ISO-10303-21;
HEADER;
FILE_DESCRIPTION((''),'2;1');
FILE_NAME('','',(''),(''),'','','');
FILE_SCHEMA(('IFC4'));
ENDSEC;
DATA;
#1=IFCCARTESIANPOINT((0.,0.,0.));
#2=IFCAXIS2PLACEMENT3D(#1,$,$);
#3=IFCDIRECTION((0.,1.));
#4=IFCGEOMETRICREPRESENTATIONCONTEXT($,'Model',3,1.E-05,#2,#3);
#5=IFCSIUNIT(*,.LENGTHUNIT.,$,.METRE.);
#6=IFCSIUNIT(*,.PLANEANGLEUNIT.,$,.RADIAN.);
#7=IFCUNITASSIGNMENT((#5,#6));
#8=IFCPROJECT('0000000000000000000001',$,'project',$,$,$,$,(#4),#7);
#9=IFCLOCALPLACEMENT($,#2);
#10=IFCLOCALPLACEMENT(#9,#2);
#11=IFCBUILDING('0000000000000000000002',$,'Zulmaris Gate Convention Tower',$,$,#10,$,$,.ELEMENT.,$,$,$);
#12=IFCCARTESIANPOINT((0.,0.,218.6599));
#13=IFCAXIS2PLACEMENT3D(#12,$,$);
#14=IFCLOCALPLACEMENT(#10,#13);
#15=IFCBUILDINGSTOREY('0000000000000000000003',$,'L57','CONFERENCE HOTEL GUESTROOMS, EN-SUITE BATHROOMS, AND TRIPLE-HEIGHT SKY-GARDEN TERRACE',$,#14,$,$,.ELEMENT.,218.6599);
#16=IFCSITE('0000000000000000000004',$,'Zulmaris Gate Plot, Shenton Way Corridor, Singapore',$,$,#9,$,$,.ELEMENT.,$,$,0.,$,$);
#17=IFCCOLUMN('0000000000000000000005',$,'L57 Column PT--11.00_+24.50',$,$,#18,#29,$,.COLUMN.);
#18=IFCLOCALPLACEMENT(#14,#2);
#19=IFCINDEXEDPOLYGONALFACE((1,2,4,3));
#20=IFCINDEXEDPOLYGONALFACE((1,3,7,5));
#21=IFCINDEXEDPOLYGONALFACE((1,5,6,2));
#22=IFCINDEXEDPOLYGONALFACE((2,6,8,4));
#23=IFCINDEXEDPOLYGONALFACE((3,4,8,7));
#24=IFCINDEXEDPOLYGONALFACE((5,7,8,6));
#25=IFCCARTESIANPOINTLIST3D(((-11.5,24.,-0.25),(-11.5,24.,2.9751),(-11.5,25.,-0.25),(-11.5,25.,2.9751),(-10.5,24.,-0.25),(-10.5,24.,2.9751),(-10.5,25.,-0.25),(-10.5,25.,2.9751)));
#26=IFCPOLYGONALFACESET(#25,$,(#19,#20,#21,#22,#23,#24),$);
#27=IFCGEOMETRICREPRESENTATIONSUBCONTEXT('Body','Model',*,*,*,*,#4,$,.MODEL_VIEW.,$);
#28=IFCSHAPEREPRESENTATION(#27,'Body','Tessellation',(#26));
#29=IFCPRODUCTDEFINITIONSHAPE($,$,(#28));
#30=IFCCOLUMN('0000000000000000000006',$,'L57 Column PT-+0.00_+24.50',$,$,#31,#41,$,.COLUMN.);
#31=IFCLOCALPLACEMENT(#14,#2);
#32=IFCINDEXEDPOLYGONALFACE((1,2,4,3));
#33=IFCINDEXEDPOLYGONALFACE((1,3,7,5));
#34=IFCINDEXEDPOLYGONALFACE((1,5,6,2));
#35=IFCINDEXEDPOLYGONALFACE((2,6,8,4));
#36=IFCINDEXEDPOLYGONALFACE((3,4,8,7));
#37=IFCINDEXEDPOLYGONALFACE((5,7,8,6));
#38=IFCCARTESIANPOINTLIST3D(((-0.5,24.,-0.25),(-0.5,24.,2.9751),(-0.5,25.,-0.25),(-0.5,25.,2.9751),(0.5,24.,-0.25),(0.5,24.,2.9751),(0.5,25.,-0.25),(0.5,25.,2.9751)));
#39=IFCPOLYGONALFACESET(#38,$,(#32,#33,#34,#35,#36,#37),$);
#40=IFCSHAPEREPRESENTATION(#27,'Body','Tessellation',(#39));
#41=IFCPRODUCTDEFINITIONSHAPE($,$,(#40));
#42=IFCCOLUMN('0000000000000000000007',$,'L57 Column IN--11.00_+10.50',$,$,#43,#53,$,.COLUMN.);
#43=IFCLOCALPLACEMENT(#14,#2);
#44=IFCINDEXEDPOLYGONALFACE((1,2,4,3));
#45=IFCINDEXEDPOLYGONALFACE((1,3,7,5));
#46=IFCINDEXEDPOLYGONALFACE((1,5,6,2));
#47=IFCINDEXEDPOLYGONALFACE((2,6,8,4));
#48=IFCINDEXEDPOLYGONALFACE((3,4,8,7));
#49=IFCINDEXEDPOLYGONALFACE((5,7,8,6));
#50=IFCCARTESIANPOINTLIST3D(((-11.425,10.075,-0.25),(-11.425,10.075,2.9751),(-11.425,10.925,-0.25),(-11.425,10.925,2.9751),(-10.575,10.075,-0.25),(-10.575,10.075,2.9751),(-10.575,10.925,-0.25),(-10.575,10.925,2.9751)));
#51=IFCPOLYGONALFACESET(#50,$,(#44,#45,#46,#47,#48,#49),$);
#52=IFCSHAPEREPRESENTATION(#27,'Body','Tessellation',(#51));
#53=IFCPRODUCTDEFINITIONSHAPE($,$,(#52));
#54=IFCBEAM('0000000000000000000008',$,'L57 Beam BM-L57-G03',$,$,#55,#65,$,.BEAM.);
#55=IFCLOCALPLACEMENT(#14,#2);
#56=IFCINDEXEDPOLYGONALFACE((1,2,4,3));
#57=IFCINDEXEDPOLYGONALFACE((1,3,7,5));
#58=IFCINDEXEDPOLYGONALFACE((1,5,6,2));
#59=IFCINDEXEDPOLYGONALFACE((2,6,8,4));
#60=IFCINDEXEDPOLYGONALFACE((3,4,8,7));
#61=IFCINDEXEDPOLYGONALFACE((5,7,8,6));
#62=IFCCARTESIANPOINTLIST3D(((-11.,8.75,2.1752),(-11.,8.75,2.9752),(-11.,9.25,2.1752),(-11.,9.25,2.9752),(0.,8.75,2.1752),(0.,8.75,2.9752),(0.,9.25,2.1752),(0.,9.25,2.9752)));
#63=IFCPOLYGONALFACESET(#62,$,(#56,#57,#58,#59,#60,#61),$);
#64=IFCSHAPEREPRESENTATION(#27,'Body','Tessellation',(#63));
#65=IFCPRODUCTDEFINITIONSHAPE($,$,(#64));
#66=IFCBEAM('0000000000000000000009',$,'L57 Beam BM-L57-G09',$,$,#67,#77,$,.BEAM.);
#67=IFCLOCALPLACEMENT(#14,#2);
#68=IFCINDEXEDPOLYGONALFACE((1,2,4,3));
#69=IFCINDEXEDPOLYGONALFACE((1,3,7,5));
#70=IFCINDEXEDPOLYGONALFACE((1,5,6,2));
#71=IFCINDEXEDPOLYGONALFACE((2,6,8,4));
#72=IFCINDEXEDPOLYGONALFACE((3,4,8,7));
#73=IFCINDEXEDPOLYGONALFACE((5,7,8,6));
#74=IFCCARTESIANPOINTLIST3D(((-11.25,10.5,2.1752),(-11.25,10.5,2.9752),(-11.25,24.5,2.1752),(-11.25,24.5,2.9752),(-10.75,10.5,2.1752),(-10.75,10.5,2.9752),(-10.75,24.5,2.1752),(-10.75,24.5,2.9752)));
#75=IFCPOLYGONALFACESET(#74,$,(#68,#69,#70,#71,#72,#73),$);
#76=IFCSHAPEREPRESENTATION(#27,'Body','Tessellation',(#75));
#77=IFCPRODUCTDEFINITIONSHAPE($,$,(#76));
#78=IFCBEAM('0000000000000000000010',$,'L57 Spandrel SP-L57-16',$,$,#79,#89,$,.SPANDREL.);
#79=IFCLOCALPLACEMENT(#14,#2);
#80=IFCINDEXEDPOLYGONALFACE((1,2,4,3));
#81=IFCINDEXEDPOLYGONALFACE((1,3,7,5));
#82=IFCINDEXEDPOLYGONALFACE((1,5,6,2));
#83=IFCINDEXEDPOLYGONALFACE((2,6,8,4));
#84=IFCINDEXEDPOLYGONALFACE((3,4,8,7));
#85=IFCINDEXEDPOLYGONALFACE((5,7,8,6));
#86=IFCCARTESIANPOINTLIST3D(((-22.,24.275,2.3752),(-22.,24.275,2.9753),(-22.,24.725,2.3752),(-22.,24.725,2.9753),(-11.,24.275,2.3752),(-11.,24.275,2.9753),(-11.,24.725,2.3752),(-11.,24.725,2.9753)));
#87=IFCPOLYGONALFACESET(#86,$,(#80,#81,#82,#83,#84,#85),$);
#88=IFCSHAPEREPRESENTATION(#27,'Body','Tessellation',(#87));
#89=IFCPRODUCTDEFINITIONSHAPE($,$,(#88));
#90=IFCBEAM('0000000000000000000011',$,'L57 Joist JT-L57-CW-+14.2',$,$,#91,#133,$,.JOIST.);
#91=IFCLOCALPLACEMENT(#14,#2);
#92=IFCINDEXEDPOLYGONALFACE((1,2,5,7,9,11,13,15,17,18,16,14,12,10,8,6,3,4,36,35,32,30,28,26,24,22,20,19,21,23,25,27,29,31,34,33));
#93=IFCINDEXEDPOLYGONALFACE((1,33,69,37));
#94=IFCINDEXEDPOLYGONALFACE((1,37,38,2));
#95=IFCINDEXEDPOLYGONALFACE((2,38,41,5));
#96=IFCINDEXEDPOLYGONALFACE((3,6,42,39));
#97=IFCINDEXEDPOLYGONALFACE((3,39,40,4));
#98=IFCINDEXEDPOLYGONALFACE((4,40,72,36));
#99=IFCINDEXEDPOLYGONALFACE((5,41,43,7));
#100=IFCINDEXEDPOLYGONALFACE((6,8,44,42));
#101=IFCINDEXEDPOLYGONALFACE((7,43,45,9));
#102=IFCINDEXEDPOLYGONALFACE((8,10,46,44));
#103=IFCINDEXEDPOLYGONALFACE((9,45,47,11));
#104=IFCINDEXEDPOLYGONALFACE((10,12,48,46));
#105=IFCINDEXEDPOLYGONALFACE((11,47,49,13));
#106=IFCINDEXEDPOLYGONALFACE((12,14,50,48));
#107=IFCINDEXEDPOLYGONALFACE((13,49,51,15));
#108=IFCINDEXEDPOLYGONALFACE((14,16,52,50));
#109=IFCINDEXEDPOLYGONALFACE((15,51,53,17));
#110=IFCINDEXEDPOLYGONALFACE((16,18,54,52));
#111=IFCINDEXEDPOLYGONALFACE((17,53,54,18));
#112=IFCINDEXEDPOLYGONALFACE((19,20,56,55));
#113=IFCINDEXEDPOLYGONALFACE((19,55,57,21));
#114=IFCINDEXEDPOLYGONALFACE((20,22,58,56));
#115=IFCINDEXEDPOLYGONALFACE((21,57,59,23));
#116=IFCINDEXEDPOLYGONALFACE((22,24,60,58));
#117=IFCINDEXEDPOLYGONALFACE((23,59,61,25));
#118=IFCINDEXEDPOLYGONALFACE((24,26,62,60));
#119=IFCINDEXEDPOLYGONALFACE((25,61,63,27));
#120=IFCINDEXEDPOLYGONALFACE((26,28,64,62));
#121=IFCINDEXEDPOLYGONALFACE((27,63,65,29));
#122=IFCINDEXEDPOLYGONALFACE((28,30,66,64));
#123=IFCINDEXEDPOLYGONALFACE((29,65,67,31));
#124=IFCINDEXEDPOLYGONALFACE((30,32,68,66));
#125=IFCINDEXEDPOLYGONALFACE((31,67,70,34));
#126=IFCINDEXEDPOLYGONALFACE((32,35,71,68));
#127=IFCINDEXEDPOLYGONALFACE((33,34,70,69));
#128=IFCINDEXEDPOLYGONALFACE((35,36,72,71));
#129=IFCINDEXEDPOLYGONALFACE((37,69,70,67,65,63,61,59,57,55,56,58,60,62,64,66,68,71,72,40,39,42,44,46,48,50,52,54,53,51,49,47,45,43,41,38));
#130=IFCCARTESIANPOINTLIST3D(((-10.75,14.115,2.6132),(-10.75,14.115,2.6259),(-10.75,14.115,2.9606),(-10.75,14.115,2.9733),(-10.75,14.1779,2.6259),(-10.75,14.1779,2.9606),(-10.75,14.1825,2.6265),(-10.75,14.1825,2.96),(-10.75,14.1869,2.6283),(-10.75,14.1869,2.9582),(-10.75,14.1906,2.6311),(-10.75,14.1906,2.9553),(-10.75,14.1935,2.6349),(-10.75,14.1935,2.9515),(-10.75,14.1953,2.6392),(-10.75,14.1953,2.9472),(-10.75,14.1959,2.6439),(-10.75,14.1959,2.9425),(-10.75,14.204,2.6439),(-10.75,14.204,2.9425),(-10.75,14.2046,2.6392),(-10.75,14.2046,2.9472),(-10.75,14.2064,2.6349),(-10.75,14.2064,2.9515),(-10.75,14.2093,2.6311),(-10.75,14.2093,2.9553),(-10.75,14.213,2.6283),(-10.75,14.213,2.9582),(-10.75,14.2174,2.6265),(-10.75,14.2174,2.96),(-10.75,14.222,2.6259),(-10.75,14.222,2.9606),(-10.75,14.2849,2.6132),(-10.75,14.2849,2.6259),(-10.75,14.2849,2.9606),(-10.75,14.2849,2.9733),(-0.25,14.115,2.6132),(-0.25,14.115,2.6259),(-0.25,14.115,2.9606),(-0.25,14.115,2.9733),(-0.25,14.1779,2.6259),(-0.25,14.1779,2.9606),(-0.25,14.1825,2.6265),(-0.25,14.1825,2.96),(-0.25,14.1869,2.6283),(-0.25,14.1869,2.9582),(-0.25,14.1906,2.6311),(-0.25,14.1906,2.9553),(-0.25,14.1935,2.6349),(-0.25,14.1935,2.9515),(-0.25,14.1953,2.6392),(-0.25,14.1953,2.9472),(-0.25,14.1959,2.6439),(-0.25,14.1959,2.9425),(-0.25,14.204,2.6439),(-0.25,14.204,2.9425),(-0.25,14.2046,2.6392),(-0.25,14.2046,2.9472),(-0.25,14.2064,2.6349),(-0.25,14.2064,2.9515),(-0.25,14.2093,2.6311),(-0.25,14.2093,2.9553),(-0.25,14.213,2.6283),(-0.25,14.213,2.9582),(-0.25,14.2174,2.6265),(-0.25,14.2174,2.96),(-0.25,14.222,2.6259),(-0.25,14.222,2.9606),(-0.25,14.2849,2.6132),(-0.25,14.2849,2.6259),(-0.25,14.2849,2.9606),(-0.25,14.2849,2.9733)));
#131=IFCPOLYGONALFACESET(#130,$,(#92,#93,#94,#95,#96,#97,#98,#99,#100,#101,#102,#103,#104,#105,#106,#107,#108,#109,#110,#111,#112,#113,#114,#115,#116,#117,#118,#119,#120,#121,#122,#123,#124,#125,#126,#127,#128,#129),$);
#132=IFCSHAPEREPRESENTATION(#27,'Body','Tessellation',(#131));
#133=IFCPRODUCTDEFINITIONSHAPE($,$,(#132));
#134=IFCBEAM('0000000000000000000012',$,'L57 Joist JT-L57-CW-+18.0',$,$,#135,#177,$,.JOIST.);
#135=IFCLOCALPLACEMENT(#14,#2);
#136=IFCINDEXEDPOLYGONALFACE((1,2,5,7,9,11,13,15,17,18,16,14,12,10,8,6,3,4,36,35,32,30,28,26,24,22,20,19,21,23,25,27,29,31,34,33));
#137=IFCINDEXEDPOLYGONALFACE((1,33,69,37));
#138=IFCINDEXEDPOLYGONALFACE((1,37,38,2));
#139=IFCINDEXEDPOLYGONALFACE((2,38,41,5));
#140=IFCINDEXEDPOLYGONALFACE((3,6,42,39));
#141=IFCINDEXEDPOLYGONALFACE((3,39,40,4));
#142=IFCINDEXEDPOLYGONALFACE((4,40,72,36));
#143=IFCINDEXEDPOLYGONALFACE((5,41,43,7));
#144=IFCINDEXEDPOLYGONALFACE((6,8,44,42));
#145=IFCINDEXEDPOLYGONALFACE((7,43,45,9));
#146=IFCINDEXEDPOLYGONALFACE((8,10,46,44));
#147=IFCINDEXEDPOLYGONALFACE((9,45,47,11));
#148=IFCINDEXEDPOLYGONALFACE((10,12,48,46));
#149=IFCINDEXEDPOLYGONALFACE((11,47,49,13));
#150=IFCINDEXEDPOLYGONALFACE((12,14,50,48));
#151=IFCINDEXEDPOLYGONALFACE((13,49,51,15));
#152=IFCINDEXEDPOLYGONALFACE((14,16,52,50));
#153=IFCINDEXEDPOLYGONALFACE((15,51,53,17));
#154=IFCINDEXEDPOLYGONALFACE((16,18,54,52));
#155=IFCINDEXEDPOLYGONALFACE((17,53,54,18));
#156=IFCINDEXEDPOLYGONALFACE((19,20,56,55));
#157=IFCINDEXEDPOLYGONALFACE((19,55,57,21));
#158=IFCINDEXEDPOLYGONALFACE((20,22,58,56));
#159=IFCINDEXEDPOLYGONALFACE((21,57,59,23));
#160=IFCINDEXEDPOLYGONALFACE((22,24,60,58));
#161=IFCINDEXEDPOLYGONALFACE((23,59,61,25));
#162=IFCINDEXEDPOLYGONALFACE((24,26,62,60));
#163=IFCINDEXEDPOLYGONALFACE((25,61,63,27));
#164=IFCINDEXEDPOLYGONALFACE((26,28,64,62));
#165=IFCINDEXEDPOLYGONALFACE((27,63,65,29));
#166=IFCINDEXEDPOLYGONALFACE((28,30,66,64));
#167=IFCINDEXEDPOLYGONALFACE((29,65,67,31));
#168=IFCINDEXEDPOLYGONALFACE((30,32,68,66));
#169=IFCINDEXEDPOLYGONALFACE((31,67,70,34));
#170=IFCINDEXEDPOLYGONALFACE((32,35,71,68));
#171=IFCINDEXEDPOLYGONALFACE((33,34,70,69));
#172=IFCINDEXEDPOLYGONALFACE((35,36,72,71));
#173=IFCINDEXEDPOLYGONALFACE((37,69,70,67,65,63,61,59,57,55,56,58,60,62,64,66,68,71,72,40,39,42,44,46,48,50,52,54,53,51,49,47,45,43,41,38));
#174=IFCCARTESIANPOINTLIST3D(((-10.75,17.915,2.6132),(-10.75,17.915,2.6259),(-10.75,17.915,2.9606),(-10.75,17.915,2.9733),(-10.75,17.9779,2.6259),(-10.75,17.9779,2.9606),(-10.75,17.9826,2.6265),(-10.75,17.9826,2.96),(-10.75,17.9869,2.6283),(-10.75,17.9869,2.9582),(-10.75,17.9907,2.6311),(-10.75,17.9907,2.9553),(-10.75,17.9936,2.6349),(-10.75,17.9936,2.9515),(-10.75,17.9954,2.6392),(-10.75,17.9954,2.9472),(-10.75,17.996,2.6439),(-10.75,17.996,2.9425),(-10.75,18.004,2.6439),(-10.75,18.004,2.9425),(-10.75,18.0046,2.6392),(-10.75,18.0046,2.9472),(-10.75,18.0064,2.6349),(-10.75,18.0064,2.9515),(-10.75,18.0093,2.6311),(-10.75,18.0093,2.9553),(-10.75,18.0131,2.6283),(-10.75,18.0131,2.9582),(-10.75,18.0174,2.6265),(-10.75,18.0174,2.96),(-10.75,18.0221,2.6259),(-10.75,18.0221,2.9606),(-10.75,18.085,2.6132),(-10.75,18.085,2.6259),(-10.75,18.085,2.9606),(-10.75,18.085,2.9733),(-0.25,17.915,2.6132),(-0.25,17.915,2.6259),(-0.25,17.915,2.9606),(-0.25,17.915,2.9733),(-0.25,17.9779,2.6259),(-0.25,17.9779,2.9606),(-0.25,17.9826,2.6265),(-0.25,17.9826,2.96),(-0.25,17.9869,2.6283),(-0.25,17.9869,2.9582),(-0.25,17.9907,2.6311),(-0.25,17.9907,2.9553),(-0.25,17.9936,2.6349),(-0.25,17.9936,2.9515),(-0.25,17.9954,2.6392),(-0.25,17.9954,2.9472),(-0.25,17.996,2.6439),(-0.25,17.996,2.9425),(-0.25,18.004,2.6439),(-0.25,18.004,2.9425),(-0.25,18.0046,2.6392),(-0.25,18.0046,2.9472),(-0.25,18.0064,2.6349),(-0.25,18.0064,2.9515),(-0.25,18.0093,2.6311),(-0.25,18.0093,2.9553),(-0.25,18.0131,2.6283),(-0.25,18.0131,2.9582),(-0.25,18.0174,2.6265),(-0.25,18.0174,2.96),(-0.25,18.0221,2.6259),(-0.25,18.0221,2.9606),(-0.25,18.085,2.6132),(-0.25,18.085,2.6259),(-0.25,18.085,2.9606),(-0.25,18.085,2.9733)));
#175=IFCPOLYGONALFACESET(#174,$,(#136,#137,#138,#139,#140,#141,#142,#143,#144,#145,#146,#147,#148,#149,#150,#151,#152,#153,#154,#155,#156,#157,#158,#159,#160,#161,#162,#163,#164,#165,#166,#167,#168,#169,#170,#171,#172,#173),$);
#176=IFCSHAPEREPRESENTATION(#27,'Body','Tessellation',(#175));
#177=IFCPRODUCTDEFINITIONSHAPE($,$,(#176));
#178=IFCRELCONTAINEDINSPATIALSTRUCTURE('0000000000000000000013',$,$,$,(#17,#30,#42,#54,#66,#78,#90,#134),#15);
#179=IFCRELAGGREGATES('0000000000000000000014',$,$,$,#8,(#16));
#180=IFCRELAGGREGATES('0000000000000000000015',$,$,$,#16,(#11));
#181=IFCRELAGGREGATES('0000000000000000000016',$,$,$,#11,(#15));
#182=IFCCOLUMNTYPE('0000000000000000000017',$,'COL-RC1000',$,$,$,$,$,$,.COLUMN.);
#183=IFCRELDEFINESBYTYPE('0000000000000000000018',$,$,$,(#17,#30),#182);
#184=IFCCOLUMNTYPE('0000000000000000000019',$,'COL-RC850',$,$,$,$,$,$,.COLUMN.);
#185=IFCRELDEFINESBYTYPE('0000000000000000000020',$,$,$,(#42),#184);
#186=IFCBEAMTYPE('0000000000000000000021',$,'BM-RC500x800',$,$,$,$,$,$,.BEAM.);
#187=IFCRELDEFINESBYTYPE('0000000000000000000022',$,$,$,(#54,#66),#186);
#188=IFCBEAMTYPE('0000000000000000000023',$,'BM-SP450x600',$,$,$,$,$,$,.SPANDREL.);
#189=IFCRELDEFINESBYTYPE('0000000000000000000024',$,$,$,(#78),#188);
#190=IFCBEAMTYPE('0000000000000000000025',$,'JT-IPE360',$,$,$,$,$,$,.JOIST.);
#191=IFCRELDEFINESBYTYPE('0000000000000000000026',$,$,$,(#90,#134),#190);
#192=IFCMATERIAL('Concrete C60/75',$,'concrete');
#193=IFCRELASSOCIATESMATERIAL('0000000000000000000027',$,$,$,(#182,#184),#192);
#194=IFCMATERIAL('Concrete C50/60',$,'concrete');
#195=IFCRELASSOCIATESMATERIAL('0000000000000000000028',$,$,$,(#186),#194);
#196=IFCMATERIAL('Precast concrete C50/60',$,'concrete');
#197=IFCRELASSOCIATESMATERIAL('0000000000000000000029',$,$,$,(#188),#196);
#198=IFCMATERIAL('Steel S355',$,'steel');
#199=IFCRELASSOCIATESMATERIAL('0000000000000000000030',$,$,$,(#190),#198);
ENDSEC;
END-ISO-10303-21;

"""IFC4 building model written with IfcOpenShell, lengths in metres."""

from ifc_helpers import new_model, si_unit, direction, frame, origin, origin_2d, place, context, subcontext, project, spatial, rectangle, i_section, extrude, material, material_profile, profile_set, type_object, element, save


model = new_model("IFC4")

# Units and contexts
model_context = context("Model", 3, precision=1e-05, world=origin(), true_north=direction((0.0, 1.0)))
body_context = subcontext(model_context, "Body", "Model", "MODEL_VIEW")
ifc_project = project(units=[si_unit("LENGTHUNIT", "METRE"), si_unit("PLANEANGLEUNIT", "RADIAN")], contexts=[model_context])

# Site, building, storey
site_placement = place(None, origin())
site = spatial("IfcSite", under=ifc_project, at=site_placement, Name="Zulmaris Gate Plot, Shenton Way Corridor, Singapore", CompositionType="ELEMENT", RefElevation=0.0)
building_placement = place(site_placement, origin())
building = spatial("IfcBuilding", under=site, at=building_placement, Name="Zulmaris Gate Convention Tower", CompositionType="ELEMENT")
storey_placement = place(building_placement, frame((0.0, 0.0, 218.6599)))
storey = spatial("IfcBuildingStorey", under=building, at=storey_placement, Name="L57", Description="CONFERENCE HOTEL GUESTROOMS, EN-SUITE BATHROOMS, AND TRIPLE-HEIGHT SKY-GARDEN TERRACE", CompositionType="ELEMENT", Elevation=218.6599)

# Columns
ifc_material_1 = material(Name="Concrete C60/75", Category="concrete")
ifc_material_profile_1 = material_profile(ifc_material_1, rectangle(XDim=1.0, YDim=1.0, at=origin_2d()), Name="RC COL 1000x1000")
ifc_profile_set_1 = profile_set([ifc_material_profile_1], Name="Concrete C60/75")
column_type_1 = type_object("IfcColumnType", Name="COL-RC1000", PredefinedType="COLUMN", material=ifc_profile_set_1)
for number, where, z_axis, x_axis, name in (
    (1, (-11.0, 24.5, -0.25), (0.0, 0.0, 1.0), (1.0, 0.0, 0.0), "L57 Column PT--11.00_+24.50"),
    (2, (0.0, 24.5, -0.25), (0.0, 0.0, 1.0), (1.0, 0.0, 0.0), "L57 Column PT-+0.00_+24.50"),
):
    element("IfcColumn", number, at=place(storey_placement, frame(where, z_axis=z_axis, x_axis=x_axis)), inside=storey, type_object=column_type_1, Name=name, PredefinedType="COLUMN", context=body_context, shape_type="SweptSolid", body=[
        extrude(rectangle(XDim=1.0, YDim=1.0, at=origin_2d()), origin(), (0.0, 0.0, 1.0), 3.2251),
    ])
ifc_material_profile_2 = material_profile(ifc_material_1, rectangle(XDim=0.8501, YDim=0.8501, at=origin_2d()), Name="RC COL 850x850")
ifc_profile_set_2 = profile_set([ifc_material_profile_2], Name="Concrete C60/75")
column_type_2 = type_object("IfcColumnType", Name="COL-RC850", PredefinedType="COLUMN", material=ifc_profile_set_2)
column_placement = place(storey_placement, frame((-11.0, 10.5, -0.25), z_axis=(0.0, 0.0, 1.0), x_axis=(1.0, 0.0, 0.0)))
element("IfcColumn", 3, at=column_placement, inside=storey, type_object=column_type_2, Name="L57 Column IN--11.00_+10.50", PredefinedType="COLUMN", context=body_context, shape_type="SweptSolid", body=[
    extrude(rectangle(XDim=0.8501, YDim=0.8501, at=origin_2d()), origin(), (0.0, 0.0, 1.0), 3.2251),
])

# Beams
ifc_material_2 = material(Name="Concrete C50/60", Category="concrete")
ifc_material_profile_3 = material_profile(ifc_material_2, rectangle(XDim=0.5, YDim=0.8, at=origin_2d()), Name="RC BEAM 500x800")
ifc_profile_set_3 = profile_set([ifc_material_profile_3], Name="Concrete C50/60")
beam_type_1 = type_object("IfcBeamType", Name="BM-RC500x800", PredefinedType="BEAM", material=ifc_profile_set_3)
beam_1_placement = place(storey_placement, frame((-11.0, 9.0, 2.5752), z_axis=(1.0, 0.0, 0.0), x_axis=(0.0, 1.0, 0.0)))
element("IfcBeam", 4, at=beam_1_placement, inside=storey, type_object=beam_type_1, Name="L57 Beam BM-L57-G03", PredefinedType="BEAM", context=body_context, shape_type="SweptSolid", body=[
    extrude(rectangle(XDim=0.5, YDim=0.8, at=origin_2d()), origin(), (0.0, 0.0, 1.0), 11.0),
])
beam_2_placement = place(storey_placement, frame((-11.0, 10.5, 2.5752), z_axis=(0.0, 1.0, 0.0), x_axis=(-1.0, 0.0, 0.0)))
element("IfcBeam", 5, at=beam_2_placement, inside=storey, type_object=beam_type_1, Name="L57 Beam BM-L57-G09", PredefinedType="BEAM", context=body_context, shape_type="SweptSolid", body=[
    extrude(rectangle(XDim=0.5, YDim=0.8, at=origin_2d()), origin(), (0.0, 0.0, 1.0), 14.0),
])
ifc_material_3 = material(Name="Precast concrete C50/60", Category="concrete")
ifc_material_profile_4 = material_profile(ifc_material_3, rectangle(XDim=0.45, YDim=0.6001, at=origin_2d()), Name="RC SPANDREL 450x600")
ifc_profile_set_4 = profile_set([ifc_material_profile_4], Name="Precast concrete C50/60")
beam_type_2 = type_object("IfcBeamType", Name="BM-SP450x600", PredefinedType="SPANDREL", material=ifc_profile_set_4)
beam_3_placement = place(storey_placement, frame((-11.0, 24.5, 2.6753), z_axis=(-1.0, 0.0, 0.0), x_axis=(0.0, -1.0, 0.0)))
element("IfcBeam", 6, at=beam_3_placement, inside=storey, type_object=beam_type_2, Name="L57 Spandrel SP-L57-16", PredefinedType="SPANDREL", context=body_context, shape_type="SweptSolid", body=[
    extrude(rectangle(XDim=0.45, YDim=0.6001, at=origin_2d()), origin(), (0.0, 0.0, 1.0), 11.0),
])
ifc_material_4 = material(Name="Steel S355", Category="steel")
ifc_material_profile_5 = material_profile(ifc_material_4, i_section(OverallWidth=0.1699, OverallDepth=0.3601, WebThickness=0.0081, FlangeThickness=0.0127, FilletRadius=0.0181, at=origin_2d()), Name="IPE 360")
ifc_profile_set_5 = profile_set([ifc_material_profile_5], Name="Steel S355")
beam_type_3 = type_object("IfcBeamType", Name="JT-IPE360", PredefinedType="JOIST", material=ifc_profile_set_5)
for number, where, z_axis, x_axis, name in (
    (7, (-10.75, 14.2, 2.7932), (1.0, 0.0, 0.0), (0.0, 1.0, 0.0), "L57 Joist JT-L57-CW-+14.2"),
    (8, (-10.75, 18.0, 2.7932), (1.0, 0.0, 0.0), (0.0, 1.0, 0.0), "L57 Joist JT-L57-CW-+18.0"),
):
    element("IfcBeam", number, at=place(storey_placement, frame(where, z_axis=z_axis, x_axis=x_axis)), inside=storey, type_object=beam_type_3, Name=name, PredefinedType="JOIST", context=body_context, shape_type="SweptSolid", body=[
        extrude(i_section(OverallWidth=0.1699, OverallDepth=0.3601, WebThickness=0.0081, FlangeThickness=0.0127, FilletRadius=0.0181, at=origin_2d()), origin(), (0.0, 0.0, 1.0), 10.5),
    ])

save(model, "model.ifc")
